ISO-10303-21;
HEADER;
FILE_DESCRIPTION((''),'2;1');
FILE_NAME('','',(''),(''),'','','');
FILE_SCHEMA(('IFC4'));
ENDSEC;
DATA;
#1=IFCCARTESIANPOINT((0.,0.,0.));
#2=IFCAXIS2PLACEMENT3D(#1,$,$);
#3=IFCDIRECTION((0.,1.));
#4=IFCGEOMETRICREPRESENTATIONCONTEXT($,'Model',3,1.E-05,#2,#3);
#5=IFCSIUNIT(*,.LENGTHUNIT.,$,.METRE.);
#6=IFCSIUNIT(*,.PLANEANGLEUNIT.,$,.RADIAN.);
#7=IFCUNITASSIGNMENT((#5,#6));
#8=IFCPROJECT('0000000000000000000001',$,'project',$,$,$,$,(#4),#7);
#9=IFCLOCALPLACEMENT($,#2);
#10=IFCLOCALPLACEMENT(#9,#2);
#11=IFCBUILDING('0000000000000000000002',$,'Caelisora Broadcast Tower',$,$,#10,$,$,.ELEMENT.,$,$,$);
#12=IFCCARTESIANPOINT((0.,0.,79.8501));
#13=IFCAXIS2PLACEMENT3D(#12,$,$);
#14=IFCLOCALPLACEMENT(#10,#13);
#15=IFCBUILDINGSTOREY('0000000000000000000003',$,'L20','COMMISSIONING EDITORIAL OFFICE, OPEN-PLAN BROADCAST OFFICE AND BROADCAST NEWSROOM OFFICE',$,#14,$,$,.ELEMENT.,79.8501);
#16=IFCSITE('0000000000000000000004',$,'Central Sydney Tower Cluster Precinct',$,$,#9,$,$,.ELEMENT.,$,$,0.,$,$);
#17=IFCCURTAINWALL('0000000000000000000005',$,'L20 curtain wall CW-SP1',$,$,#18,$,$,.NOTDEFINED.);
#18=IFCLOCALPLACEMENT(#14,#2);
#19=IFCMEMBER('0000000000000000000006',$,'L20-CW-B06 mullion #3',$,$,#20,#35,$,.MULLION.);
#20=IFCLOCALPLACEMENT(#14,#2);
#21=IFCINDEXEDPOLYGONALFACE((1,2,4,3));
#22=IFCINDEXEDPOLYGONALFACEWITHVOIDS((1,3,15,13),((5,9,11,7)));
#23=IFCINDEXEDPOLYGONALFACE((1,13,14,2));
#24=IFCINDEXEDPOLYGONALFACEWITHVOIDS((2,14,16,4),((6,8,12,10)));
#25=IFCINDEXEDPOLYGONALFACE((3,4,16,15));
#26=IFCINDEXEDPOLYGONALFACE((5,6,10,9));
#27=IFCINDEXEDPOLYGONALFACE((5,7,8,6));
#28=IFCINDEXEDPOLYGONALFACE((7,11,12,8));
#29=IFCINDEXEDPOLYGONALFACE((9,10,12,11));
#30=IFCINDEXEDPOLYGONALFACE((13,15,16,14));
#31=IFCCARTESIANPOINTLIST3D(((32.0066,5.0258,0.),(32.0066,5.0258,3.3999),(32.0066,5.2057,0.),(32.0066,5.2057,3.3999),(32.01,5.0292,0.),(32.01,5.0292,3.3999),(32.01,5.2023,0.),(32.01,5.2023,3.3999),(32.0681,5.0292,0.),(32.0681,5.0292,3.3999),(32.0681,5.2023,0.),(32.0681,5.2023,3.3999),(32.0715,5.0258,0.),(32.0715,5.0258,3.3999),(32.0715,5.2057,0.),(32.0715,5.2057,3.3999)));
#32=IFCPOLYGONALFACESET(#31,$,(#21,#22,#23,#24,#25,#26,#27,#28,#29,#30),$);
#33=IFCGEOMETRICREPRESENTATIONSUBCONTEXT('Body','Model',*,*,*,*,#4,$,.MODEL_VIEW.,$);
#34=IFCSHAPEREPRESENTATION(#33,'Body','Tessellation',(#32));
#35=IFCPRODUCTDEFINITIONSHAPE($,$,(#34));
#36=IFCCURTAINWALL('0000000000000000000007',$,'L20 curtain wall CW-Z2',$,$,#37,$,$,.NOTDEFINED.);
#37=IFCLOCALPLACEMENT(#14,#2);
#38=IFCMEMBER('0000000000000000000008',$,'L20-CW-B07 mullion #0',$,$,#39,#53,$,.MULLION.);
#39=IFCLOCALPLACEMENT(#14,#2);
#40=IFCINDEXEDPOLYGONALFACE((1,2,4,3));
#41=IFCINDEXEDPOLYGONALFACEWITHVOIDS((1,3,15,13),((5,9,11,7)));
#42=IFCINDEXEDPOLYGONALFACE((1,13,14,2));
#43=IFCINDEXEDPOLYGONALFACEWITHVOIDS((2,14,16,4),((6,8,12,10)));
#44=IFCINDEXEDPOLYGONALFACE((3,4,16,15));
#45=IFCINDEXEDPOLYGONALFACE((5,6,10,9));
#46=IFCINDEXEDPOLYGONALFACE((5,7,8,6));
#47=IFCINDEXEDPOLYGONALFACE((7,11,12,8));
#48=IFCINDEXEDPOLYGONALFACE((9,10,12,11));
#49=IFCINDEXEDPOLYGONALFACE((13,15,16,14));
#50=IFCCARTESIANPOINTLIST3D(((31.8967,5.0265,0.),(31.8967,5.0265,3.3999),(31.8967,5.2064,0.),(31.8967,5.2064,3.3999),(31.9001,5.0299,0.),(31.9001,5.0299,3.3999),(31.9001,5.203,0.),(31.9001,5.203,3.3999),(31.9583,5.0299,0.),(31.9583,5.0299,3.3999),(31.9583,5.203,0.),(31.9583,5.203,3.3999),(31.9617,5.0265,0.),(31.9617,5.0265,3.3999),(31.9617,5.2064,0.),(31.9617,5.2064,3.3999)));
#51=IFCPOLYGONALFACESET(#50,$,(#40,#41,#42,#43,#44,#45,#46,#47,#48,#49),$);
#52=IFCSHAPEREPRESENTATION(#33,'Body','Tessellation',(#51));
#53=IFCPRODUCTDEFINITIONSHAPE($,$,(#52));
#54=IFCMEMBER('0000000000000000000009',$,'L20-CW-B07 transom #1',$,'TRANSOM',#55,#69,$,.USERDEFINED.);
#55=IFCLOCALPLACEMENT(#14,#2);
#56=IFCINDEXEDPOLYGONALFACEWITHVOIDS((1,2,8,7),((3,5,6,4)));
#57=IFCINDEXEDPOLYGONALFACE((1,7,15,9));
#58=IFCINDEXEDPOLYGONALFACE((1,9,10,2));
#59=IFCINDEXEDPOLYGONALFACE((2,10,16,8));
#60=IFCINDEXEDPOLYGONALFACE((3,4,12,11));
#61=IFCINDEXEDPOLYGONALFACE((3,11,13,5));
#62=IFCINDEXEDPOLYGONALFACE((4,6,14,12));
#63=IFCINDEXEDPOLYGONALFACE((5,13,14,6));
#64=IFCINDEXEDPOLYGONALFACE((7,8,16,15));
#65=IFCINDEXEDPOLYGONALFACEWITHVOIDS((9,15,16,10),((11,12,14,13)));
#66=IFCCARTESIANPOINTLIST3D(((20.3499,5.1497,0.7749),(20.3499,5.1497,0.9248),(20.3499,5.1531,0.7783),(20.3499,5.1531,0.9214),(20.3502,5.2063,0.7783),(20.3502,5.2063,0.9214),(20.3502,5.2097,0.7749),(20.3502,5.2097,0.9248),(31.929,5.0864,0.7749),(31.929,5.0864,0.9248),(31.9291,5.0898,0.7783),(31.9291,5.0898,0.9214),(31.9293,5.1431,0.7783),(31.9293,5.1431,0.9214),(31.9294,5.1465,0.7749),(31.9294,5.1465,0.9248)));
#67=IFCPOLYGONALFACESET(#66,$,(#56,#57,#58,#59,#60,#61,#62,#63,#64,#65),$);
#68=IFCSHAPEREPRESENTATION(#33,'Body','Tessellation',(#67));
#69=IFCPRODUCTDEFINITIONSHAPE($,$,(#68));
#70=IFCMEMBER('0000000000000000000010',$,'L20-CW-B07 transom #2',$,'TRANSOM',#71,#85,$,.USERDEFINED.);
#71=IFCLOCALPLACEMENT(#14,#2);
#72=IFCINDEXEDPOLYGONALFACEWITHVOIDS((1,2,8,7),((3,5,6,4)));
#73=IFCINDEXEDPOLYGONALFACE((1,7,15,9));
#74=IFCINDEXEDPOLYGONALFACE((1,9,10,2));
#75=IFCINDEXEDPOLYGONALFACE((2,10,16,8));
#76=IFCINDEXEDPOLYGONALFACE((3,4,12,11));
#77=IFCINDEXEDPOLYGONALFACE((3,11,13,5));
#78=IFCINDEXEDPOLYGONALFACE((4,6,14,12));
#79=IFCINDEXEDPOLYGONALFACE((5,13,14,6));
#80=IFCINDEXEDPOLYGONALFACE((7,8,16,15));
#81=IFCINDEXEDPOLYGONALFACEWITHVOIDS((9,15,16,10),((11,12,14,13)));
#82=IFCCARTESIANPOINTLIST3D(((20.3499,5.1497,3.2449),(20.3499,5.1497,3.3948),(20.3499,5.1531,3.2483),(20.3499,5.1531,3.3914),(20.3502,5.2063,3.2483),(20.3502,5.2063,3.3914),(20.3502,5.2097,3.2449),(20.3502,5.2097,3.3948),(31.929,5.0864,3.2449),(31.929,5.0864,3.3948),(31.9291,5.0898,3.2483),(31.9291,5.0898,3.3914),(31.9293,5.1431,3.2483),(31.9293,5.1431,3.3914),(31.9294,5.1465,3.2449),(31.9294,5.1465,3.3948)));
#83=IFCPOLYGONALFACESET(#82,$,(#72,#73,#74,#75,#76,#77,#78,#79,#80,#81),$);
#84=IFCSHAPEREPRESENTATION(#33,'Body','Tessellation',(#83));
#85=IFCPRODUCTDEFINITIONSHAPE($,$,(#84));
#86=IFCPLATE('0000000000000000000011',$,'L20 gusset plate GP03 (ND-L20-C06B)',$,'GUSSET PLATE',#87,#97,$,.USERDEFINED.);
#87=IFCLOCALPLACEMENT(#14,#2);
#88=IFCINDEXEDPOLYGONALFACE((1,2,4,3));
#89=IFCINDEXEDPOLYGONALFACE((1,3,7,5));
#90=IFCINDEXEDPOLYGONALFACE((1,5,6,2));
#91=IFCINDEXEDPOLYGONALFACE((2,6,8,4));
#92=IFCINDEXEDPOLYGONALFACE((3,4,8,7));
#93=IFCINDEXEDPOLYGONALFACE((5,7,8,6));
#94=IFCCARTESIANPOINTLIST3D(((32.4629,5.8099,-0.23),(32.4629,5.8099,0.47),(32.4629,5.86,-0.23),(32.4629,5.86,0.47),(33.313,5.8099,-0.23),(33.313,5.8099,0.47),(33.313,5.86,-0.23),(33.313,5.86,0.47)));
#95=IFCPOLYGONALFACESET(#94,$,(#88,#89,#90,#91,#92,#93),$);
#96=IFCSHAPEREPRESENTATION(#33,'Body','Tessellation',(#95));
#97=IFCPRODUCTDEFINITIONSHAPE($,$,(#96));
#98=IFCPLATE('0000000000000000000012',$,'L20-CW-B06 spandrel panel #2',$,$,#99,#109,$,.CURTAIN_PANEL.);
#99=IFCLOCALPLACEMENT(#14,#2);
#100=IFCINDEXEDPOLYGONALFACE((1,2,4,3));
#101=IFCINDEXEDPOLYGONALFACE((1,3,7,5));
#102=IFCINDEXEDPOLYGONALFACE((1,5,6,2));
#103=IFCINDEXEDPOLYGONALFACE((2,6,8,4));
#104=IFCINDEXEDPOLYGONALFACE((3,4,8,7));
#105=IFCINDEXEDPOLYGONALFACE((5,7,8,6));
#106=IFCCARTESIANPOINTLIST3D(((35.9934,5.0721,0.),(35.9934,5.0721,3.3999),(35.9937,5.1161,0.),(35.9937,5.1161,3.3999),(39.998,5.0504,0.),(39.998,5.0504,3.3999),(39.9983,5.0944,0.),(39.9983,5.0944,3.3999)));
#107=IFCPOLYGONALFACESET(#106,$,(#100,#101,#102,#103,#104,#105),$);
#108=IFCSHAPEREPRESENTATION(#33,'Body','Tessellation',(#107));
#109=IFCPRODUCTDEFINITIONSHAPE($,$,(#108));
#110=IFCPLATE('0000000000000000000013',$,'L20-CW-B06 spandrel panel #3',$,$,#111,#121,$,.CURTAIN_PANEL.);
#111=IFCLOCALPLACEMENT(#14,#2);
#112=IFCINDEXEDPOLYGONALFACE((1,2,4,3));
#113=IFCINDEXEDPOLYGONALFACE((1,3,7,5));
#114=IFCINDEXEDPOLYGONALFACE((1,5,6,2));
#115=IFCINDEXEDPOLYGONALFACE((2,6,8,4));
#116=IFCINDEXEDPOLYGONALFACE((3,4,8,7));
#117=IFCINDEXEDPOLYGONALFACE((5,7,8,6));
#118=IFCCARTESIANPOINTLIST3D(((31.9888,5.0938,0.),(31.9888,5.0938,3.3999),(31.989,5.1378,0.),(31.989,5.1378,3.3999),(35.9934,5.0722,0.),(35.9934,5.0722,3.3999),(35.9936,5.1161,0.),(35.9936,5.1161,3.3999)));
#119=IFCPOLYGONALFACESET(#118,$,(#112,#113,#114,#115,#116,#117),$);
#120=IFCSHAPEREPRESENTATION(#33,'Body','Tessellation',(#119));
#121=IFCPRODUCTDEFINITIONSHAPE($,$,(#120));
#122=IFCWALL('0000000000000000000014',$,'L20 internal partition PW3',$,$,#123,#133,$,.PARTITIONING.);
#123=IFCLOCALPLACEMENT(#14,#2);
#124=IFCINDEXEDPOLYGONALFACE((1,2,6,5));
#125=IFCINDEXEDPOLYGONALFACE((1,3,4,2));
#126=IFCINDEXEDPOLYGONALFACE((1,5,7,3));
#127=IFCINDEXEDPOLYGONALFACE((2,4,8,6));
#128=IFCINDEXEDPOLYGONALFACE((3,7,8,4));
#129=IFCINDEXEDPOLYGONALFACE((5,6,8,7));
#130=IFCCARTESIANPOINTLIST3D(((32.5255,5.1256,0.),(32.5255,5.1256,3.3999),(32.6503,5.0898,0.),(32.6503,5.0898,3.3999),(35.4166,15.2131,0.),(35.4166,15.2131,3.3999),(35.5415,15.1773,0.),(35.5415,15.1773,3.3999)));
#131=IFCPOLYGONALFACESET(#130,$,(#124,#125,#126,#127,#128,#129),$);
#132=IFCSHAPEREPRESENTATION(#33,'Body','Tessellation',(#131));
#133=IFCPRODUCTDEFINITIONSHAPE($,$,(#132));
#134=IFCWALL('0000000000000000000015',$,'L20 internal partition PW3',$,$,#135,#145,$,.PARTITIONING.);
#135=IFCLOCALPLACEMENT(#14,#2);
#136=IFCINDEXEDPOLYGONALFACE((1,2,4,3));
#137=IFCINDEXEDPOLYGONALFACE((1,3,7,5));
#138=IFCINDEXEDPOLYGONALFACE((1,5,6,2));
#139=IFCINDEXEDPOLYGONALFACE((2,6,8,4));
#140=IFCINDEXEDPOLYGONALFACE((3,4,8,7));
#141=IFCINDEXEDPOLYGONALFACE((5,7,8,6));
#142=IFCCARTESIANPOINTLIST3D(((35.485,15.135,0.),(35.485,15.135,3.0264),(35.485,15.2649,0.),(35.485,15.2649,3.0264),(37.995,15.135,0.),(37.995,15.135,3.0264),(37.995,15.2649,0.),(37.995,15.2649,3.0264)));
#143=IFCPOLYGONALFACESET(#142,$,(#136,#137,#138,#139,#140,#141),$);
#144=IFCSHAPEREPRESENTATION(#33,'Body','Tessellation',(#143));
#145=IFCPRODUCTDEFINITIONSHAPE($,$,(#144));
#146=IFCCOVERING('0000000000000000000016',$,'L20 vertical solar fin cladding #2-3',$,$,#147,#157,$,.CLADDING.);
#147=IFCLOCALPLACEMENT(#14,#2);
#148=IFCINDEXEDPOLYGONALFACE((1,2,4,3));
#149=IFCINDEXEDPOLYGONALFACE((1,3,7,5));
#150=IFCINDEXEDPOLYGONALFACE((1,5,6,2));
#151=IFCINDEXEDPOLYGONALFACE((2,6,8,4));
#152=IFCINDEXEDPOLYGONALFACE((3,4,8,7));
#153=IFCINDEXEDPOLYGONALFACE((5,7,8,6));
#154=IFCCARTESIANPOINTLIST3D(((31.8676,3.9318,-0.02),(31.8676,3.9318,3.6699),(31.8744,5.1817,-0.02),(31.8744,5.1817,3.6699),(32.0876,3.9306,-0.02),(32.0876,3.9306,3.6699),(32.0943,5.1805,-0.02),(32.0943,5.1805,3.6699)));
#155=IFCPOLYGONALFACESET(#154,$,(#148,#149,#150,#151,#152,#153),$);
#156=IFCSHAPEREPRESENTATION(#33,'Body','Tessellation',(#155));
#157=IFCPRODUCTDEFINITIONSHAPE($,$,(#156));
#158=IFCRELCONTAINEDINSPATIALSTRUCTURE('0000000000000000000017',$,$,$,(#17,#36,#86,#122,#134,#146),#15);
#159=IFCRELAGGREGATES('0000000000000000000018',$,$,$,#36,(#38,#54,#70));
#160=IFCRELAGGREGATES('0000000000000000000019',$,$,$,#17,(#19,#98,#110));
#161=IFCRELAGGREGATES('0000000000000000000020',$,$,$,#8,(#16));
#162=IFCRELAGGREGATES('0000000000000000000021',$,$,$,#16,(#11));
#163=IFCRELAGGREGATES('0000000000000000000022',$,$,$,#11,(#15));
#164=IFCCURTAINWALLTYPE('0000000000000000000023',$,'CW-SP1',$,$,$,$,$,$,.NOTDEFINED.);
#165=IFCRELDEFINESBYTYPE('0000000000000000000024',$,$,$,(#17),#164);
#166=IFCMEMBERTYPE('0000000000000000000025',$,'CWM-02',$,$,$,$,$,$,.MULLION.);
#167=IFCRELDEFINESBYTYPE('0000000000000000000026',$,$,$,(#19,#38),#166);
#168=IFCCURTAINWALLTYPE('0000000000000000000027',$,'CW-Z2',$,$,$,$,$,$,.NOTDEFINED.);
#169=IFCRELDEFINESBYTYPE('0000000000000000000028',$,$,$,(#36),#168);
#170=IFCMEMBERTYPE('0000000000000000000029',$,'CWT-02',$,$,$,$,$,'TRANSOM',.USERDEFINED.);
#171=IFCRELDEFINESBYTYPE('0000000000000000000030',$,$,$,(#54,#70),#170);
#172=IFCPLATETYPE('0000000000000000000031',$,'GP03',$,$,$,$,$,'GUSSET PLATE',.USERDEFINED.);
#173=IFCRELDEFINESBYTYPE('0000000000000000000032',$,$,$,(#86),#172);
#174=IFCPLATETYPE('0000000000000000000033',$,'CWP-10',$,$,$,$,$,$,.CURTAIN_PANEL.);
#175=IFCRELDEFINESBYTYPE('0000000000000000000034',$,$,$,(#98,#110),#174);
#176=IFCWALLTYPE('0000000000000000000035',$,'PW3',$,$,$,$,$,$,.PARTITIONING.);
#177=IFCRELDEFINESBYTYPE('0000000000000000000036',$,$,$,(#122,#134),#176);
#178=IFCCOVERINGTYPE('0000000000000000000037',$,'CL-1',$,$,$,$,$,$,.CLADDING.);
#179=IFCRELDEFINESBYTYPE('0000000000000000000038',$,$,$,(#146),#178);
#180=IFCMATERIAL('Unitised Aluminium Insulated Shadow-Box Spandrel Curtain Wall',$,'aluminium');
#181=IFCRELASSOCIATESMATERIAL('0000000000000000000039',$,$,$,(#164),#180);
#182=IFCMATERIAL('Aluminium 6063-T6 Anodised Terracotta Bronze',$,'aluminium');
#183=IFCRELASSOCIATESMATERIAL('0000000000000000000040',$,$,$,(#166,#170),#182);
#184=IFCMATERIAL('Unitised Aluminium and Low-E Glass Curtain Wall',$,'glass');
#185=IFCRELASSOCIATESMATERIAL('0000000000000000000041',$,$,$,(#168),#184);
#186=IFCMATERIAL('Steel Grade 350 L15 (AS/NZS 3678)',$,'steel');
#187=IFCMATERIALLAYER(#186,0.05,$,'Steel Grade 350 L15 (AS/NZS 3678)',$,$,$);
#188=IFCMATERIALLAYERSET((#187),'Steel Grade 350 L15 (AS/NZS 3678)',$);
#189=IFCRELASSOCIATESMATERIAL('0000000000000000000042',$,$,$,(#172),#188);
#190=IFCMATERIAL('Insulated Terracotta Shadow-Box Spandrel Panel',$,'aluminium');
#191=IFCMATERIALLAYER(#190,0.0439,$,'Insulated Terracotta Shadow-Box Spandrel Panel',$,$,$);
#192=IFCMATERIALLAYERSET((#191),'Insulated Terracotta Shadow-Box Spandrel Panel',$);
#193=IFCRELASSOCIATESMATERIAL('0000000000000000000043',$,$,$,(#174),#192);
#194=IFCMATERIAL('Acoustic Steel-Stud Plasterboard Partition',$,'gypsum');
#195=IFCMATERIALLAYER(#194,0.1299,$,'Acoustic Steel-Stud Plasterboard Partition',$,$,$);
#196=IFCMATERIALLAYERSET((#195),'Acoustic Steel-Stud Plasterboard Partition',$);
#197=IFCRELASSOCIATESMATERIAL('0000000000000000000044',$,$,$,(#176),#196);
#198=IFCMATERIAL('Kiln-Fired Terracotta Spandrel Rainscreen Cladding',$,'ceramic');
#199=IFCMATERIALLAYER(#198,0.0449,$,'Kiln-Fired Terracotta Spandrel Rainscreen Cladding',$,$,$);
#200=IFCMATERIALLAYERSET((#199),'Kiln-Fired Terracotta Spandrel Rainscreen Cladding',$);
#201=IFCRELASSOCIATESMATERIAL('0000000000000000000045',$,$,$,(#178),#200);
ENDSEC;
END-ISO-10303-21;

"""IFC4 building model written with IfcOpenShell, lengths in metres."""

from ifc_helpers import new_model, si_unit, direction, frame, frame_2d, origin, origin_2d, place, context, subcontext, project, spatial, rectangle, hollow_rectangle, extrude, source, transform, mapped, material, layer, layer_set, material_profile, profile_set, type_object, type_shapes, element, aggregate, save


model = new_model("IFC4")

# Units and contexts
model_context = context("Model", 3, precision=1e-05, world=origin(), true_north=direction((0.0, 1.0)))
body_context = subcontext(model_context, "Body", "Model", "MODEL_VIEW")
ifc_project = project(units=[si_unit("LENGTHUNIT", "METRE"), si_unit("PLANEANGLEUNIT", "RADIAN")], contexts=[model_context])

# Site, building, storey
site_placement = place(None, origin())
site = spatial("IfcSite", under=ifc_project, at=site_placement, Name="Central Sydney Tower Cluster Precinct", CompositionType="ELEMENT", RefElevation=0.0)
building_placement = place(site_placement, origin())
building = spatial("IfcBuilding", under=site, at=building_placement, Name="Caelisora Broadcast Tower", CompositionType="ELEMENT")
storey_placement = place(building_placement, frame((0.0, 0.0, 79.8501)))
storey = spatial("IfcBuildingStorey", under=building, at=storey_placement, Name="L20", Description="COMMISSIONING EDITORIAL OFFICE, OPEN-PLAN BROADCAST OFFICE AND BROADCAST NEWSROOM OFFICE", CompositionType="ELEMENT", Elevation=79.8501)

# Shared definitions
ifc_material_1 = material(Name="Steel Grade 350 L15 (AS/NZS 3678)", Category="steel")

# Curtain walls, members
ifc_material_2 = material(Name="Unitised Aluminium Insulated Shadow-Box Spandrel Curtain Wall", Category="aluminium")
curtain_wall_type_1 = type_object("IfcCurtainWallType", Name="CW-SP1", PredefinedType="NOTDEFINED", material=ifc_material_2)
curtain_wall_1_placement = place(storey_placement, origin())
curtain_wall_1 = element("IfcCurtainWall", 1, at=curtain_wall_1_placement, inside=storey, type_object=curtain_wall_type_1, Name="L20 curtain wall CW-SP1", PredefinedType="NOTDEFINED")
ifc_material_3 = material(Name="Aluminium 6063-T6 Anodised Terracotta Bronze", Category="aluminium")
ifc_material_profile_1 = material_profile(ifc_material_3, hollow_rectangle(XDim=0.0649, YDim=0.1799, WallThickness=0.0034, at=origin_2d()), Name="Aluminium 6063-T6 Anodised Terracotta Bronze")
ifc_profile_set_1 = profile_set([ifc_material_profile_1], Name="Aluminium 6063-T6 Anodised Terracotta Bronze")
member_type_1 = type_object("IfcMemberType", Name="CWM-02", PredefinedType="MULLION", material=ifc_profile_set_1)
shared_shape_1 = source(origin(), body_context, "Body", "SweptSolid", [
    extrude(hollow_rectangle(XDim=0.0649, YDim=0.1799, WallThickness=0.0034, at=origin_2d()), origin(), (0.0, 0.0, 1.0), 3.3999),
])
type_shapes(member_type_1, [shared_shape_1])
member_1_placement = place(storey_placement, frame((32.0391, 5.1157, 0.0), z_axis=(0.0, 0.0, 1.0), x_axis=(1.0, 0.0, 0.0)))
member_1 = element("IfcMember", 2, at=member_1_placement, type_object=member_type_1, Name="L20-CW-B06 mullion #3", PredefinedType="MULLION", context=body_context, shape_type="MappedRepresentation", body=[
    mapped(shared_shape_1, transform((0.0, 0.0, 0.0), scale=1.0)),
])
ifc_material_4 = material(Name="Unitised Aluminium and Low-E Glass Curtain Wall", Category="glass")
curtain_wall_type_2 = type_object("IfcCurtainWallType", Name="CW-Z2", PredefinedType="NOTDEFINED", material=ifc_material_4)
curtain_wall_2_placement = place(storey_placement, origin())
curtain_wall_2 = element("IfcCurtainWall", 3, at=curtain_wall_2_placement, inside=storey, type_object=curtain_wall_type_2, Name="L20 curtain wall CW-Z2", PredefinedType="NOTDEFINED")
member_2_placement = place(storey_placement, frame((31.9292, 5.1165, 0.0), z_axis=(0.0, 0.0, 1.0), x_axis=(1.0, 0.0, 0.0)))
member_2 = element("IfcMember", 4, at=member_2_placement, type_object=member_type_1, Name="L20-CW-B07 mullion #0", PredefinedType="MULLION", context=body_context, shape_type="MappedRepresentation", body=[
    mapped(shared_shape_1, transform((0.0, 0.0, 0.0), scale=1.0)),
])
ifc_material_profile_2 = material_profile(ifc_material_3, hollow_rectangle(XDim=0.0601, YDim=0.1499, WallThickness=0.0034, at=origin_2d()), Name="Aluminium 6063-T6 Anodised Terracotta Bronze")
ifc_profile_set_2 = profile_set([ifc_material_profile_2], Name="Aluminium 6063-T6 Anodised Terracotta Bronze")
member_type_2 = type_object("IfcMemberType", Name="CWT-02", ElementType="TRANSOM", PredefinedType="USERDEFINED", material=ifc_profile_set_2)
shared_shape_2 = source(origin(), body_context, "Body", "SweptSolid", [
    extrude(hollow_rectangle(XDim=0.0601, YDim=0.1499, WallThickness=0.0034, at=origin_2d()), origin(), (0.0, 0.0, 1.0), 11.5793),
])
type_shapes(member_type_2, [shared_shape_2])
member_3_placement = place(storey_placement, frame((31.9292, 5.1165, 0.8499), z_axis=(-0.999985, 0.005461, 0.0), x_axis=(-0.005461, -0.999985, 0.0)))
member_3 = element("IfcMember", 5, at=member_3_placement, type_object=member_type_2, Name="L20-CW-B07 transom #1", ObjectType="TRANSOM", PredefinedType="USERDEFINED", context=body_context, shape_type="MappedRepresentation", body=[
    mapped(shared_shape_2, transform((0.0, 0.0, 0.0), scale=1.0)),
])
member_4_placement = place(storey_placement, frame((31.9292, 5.1165, 3.3198), z_axis=(-0.999985, 0.005461, 0.0), x_axis=(-0.005461, -0.999985, 0.0)))
member_4 = element("IfcMember", 6, at=member_4_placement, type_object=member_type_2, Name="L20-CW-B07 transom #2", ObjectType="TRANSOM", PredefinedType="USERDEFINED", context=body_context, shape_type="MappedRepresentation", body=[
    mapped(shared_shape_2, transform((0.0, 0.0, 0.0), scale=1.0)),
])
aggregate(curtain_wall_2, [member_2, member_3, member_4])

# Plates
ifc_layer_1 = layer(ifc_material_1, 0.05, Name="Steel Grade 350 L15 (AS/NZS 3678)")
ifc_layer_set_1 = layer_set([ifc_layer_1], Name="Steel Grade 350 L15 (AS/NZS 3678)")
plate_type_1 = type_object("IfcPlateType", Name="GP03", ElementType="GUSSET PLATE", PredefinedType="USERDEFINED", material=ifc_layer_set_1)
shared_shape_3 = source(origin(), body_context, "Body", "SweptSolid", [
    extrude(rectangle(XDim=0.8501, YDim=0.05, at=origin_2d()), origin(), (0.0, 0.0, 1.0), 0.7),
])
type_shapes(plate_type_1, [shared_shape_3])
plate_1_placement = place(storey_placement, frame((32.8879, 5.835, -0.23), z_axis=(0.0, 0.0, 1.0), x_axis=(1.0, 0.0, 0.0)))
element("IfcPlate", 7, at=plate_1_placement, inside=storey, type_object=plate_type_1, Name="L20 gusset plate GP03 (ND-L20-C06B)", ObjectType="GUSSET PLATE", PredefinedType="USERDEFINED", context=body_context, shape_type="MappedRepresentation", body=[
    mapped(shared_shape_3, transform((0.0, 0.0, 0.0), scale=1.0)),
])
ifc_material_5 = material(Name="Insulated Terracotta Shadow-Box Spandrel Panel", Category="aluminium")
ifc_layer_2 = layer(ifc_material_5, 0.0439, Name="Insulated Terracotta Shadow-Box Spandrel Panel")
ifc_layer_set_2 = layer_set([ifc_layer_2], Name="Insulated Terracotta Shadow-Box Spandrel Panel")
plate_type_2 = type_object("IfcPlateType", Name="CWP-10", PredefinedType="CURTAIN_PANEL", material=ifc_layer_set_2)
shared_shape_4 = source(origin(), body_context, "Body", "SweptSolid", [
    extrude(rectangle(XDim=4.0046, YDim=0.0439, at=origin_2d()), origin(), (0.0, 0.0, 1.0), 3.3999),
])
type_shapes(plate_type_2, [shared_shape_4])
plate_2_placement = place(storey_placement, frame((37.9958, 5.0833, 0.0), z_axis=(0.0, 0.0, 1.0), x_axis=(-0.999985, 0.00541, 0.0)))
plate_2 = element("IfcPlate", 8, at=plate_2_placement, type_object=plate_type_2, Name="L20-CW-B06 spandrel panel #2", PredefinedType="CURTAIN_PANEL", context=body_context, shape_type="MappedRepresentation", body=[
    mapped(shared_shape_4, transform((0.0, 0.0, 0.0), scale=1.0)),
])
plate_3_placement = place(storey_placement, frame((33.9912, 5.105, 0.0), z_axis=(0.0, 0.0, 1.0), x_axis=(-0.999985, 0.00541, 0.0)))
plate_3 = element("IfcPlate", 9, at=plate_3_placement, type_object=plate_type_2, Name="L20-CW-B06 spandrel panel #3", PredefinedType="CURTAIN_PANEL", context=body_context, shape_type="MappedRepresentation", body=[
    mapped(shared_shape_4, transform((0.0, 0.0, 0.0), scale=1.0)),
])
aggregate(curtain_wall_1, [member_1, plate_2, plate_3])

# Walls
ifc_material_6 = material(Name="Acoustic Steel-Stud Plasterboard Partition", Category="gypsum")
ifc_layer_3 = layer(ifc_material_6, 0.1299, Name="Acoustic Steel-Stud Plasterboard Partition")
ifc_layer_set_3 = layer_set([ifc_layer_3], Name="Acoustic Steel-Stud Plasterboard Partition")
wall_type_1 = type_object("IfcWallType", Name="PW3", PredefinedType="PARTITIONING", material=ifc_layer_set_3)
wall_1_placement = place(storey_placement, frame((32.5879, 5.1077, 0.0), z_axis=(0.0, 0.0, 1.0), x_axis=(0.275514, 0.961297, 0.0)))
element("IfcWall", 10, at=wall_1_placement, inside=storey, type_object=wall_type_1, Name="L20 internal partition PW3", PredefinedType="PARTITIONING", context=body_context, shape_type="SweptSolid", body=[
    extrude(rectangle(XDim=10.4937, YDim=0.1299, at=frame_2d((5.2468, 0.0))), origin(), (0.0, 0.0, 1.0), 3.3999),
])
wall_2_placement = place(storey_placement, frame((35.4851, 15.2, 0.0), z_axis=(0.0, 0.0, 1.0), x_axis=(1.0, 0.0, 0.0)))
element("IfcWall", 11, at=wall_2_placement, inside=storey, type_object=wall_type_1, Name="L20 internal partition PW3", PredefinedType="PARTITIONING", context=body_context, shape_type="SweptSolid", body=[
    extrude(rectangle(XDim=2.51, YDim=0.1299, at=frame_2d((1.2549, 0.0))), origin(), (0.0, 0.0, 1.0), 3.0264),
])

# Covering
ifc_material_7 = material(Name="Kiln-Fired Terracotta Spandrel Rainscreen Cladding", Category="ceramic")
ifc_layer_4 = layer(ifc_material_7, 0.0449, Name="Kiln-Fired Terracotta Spandrel Rainscreen Cladding")
ifc_layer_set_4 = layer_set([ifc_layer_4], Name="Kiln-Fired Terracotta Spandrel Rainscreen Cladding")
covering_type = type_object("IfcCoveringType", Name="CL-1", PredefinedType="CLADDING", material=ifc_layer_set_4)
shared_shape_5 = source(origin(), body_context, "Body", "SweptSolid", [
    extrude(rectangle(XDim=0.22, YDim=1.25, at=origin_2d()), origin(), (0.0, 0.0, 1.0), 3.6899),
])
type_shapes(covering_type, [shared_shape_5])
covering_placement = place(storey_placement, frame((31.981, 4.5562, -0.02), z_axis=(0.0, 0.0, 1.0), x_axis=(-0.999985, 0.00541, 0.0)))
element("IfcCovering", 12, at=covering_placement, inside=storey, type_object=covering_type, Name="L20 vertical solar fin cladding #2-3", PredefinedType="CLADDING", context=body_context, shape_type="MappedRepresentation", body=[
    mapped(shared_shape_5, transform((0.0, 0.0, 0.0), scale=1.0)),
])

save(model, "model.ifc")
